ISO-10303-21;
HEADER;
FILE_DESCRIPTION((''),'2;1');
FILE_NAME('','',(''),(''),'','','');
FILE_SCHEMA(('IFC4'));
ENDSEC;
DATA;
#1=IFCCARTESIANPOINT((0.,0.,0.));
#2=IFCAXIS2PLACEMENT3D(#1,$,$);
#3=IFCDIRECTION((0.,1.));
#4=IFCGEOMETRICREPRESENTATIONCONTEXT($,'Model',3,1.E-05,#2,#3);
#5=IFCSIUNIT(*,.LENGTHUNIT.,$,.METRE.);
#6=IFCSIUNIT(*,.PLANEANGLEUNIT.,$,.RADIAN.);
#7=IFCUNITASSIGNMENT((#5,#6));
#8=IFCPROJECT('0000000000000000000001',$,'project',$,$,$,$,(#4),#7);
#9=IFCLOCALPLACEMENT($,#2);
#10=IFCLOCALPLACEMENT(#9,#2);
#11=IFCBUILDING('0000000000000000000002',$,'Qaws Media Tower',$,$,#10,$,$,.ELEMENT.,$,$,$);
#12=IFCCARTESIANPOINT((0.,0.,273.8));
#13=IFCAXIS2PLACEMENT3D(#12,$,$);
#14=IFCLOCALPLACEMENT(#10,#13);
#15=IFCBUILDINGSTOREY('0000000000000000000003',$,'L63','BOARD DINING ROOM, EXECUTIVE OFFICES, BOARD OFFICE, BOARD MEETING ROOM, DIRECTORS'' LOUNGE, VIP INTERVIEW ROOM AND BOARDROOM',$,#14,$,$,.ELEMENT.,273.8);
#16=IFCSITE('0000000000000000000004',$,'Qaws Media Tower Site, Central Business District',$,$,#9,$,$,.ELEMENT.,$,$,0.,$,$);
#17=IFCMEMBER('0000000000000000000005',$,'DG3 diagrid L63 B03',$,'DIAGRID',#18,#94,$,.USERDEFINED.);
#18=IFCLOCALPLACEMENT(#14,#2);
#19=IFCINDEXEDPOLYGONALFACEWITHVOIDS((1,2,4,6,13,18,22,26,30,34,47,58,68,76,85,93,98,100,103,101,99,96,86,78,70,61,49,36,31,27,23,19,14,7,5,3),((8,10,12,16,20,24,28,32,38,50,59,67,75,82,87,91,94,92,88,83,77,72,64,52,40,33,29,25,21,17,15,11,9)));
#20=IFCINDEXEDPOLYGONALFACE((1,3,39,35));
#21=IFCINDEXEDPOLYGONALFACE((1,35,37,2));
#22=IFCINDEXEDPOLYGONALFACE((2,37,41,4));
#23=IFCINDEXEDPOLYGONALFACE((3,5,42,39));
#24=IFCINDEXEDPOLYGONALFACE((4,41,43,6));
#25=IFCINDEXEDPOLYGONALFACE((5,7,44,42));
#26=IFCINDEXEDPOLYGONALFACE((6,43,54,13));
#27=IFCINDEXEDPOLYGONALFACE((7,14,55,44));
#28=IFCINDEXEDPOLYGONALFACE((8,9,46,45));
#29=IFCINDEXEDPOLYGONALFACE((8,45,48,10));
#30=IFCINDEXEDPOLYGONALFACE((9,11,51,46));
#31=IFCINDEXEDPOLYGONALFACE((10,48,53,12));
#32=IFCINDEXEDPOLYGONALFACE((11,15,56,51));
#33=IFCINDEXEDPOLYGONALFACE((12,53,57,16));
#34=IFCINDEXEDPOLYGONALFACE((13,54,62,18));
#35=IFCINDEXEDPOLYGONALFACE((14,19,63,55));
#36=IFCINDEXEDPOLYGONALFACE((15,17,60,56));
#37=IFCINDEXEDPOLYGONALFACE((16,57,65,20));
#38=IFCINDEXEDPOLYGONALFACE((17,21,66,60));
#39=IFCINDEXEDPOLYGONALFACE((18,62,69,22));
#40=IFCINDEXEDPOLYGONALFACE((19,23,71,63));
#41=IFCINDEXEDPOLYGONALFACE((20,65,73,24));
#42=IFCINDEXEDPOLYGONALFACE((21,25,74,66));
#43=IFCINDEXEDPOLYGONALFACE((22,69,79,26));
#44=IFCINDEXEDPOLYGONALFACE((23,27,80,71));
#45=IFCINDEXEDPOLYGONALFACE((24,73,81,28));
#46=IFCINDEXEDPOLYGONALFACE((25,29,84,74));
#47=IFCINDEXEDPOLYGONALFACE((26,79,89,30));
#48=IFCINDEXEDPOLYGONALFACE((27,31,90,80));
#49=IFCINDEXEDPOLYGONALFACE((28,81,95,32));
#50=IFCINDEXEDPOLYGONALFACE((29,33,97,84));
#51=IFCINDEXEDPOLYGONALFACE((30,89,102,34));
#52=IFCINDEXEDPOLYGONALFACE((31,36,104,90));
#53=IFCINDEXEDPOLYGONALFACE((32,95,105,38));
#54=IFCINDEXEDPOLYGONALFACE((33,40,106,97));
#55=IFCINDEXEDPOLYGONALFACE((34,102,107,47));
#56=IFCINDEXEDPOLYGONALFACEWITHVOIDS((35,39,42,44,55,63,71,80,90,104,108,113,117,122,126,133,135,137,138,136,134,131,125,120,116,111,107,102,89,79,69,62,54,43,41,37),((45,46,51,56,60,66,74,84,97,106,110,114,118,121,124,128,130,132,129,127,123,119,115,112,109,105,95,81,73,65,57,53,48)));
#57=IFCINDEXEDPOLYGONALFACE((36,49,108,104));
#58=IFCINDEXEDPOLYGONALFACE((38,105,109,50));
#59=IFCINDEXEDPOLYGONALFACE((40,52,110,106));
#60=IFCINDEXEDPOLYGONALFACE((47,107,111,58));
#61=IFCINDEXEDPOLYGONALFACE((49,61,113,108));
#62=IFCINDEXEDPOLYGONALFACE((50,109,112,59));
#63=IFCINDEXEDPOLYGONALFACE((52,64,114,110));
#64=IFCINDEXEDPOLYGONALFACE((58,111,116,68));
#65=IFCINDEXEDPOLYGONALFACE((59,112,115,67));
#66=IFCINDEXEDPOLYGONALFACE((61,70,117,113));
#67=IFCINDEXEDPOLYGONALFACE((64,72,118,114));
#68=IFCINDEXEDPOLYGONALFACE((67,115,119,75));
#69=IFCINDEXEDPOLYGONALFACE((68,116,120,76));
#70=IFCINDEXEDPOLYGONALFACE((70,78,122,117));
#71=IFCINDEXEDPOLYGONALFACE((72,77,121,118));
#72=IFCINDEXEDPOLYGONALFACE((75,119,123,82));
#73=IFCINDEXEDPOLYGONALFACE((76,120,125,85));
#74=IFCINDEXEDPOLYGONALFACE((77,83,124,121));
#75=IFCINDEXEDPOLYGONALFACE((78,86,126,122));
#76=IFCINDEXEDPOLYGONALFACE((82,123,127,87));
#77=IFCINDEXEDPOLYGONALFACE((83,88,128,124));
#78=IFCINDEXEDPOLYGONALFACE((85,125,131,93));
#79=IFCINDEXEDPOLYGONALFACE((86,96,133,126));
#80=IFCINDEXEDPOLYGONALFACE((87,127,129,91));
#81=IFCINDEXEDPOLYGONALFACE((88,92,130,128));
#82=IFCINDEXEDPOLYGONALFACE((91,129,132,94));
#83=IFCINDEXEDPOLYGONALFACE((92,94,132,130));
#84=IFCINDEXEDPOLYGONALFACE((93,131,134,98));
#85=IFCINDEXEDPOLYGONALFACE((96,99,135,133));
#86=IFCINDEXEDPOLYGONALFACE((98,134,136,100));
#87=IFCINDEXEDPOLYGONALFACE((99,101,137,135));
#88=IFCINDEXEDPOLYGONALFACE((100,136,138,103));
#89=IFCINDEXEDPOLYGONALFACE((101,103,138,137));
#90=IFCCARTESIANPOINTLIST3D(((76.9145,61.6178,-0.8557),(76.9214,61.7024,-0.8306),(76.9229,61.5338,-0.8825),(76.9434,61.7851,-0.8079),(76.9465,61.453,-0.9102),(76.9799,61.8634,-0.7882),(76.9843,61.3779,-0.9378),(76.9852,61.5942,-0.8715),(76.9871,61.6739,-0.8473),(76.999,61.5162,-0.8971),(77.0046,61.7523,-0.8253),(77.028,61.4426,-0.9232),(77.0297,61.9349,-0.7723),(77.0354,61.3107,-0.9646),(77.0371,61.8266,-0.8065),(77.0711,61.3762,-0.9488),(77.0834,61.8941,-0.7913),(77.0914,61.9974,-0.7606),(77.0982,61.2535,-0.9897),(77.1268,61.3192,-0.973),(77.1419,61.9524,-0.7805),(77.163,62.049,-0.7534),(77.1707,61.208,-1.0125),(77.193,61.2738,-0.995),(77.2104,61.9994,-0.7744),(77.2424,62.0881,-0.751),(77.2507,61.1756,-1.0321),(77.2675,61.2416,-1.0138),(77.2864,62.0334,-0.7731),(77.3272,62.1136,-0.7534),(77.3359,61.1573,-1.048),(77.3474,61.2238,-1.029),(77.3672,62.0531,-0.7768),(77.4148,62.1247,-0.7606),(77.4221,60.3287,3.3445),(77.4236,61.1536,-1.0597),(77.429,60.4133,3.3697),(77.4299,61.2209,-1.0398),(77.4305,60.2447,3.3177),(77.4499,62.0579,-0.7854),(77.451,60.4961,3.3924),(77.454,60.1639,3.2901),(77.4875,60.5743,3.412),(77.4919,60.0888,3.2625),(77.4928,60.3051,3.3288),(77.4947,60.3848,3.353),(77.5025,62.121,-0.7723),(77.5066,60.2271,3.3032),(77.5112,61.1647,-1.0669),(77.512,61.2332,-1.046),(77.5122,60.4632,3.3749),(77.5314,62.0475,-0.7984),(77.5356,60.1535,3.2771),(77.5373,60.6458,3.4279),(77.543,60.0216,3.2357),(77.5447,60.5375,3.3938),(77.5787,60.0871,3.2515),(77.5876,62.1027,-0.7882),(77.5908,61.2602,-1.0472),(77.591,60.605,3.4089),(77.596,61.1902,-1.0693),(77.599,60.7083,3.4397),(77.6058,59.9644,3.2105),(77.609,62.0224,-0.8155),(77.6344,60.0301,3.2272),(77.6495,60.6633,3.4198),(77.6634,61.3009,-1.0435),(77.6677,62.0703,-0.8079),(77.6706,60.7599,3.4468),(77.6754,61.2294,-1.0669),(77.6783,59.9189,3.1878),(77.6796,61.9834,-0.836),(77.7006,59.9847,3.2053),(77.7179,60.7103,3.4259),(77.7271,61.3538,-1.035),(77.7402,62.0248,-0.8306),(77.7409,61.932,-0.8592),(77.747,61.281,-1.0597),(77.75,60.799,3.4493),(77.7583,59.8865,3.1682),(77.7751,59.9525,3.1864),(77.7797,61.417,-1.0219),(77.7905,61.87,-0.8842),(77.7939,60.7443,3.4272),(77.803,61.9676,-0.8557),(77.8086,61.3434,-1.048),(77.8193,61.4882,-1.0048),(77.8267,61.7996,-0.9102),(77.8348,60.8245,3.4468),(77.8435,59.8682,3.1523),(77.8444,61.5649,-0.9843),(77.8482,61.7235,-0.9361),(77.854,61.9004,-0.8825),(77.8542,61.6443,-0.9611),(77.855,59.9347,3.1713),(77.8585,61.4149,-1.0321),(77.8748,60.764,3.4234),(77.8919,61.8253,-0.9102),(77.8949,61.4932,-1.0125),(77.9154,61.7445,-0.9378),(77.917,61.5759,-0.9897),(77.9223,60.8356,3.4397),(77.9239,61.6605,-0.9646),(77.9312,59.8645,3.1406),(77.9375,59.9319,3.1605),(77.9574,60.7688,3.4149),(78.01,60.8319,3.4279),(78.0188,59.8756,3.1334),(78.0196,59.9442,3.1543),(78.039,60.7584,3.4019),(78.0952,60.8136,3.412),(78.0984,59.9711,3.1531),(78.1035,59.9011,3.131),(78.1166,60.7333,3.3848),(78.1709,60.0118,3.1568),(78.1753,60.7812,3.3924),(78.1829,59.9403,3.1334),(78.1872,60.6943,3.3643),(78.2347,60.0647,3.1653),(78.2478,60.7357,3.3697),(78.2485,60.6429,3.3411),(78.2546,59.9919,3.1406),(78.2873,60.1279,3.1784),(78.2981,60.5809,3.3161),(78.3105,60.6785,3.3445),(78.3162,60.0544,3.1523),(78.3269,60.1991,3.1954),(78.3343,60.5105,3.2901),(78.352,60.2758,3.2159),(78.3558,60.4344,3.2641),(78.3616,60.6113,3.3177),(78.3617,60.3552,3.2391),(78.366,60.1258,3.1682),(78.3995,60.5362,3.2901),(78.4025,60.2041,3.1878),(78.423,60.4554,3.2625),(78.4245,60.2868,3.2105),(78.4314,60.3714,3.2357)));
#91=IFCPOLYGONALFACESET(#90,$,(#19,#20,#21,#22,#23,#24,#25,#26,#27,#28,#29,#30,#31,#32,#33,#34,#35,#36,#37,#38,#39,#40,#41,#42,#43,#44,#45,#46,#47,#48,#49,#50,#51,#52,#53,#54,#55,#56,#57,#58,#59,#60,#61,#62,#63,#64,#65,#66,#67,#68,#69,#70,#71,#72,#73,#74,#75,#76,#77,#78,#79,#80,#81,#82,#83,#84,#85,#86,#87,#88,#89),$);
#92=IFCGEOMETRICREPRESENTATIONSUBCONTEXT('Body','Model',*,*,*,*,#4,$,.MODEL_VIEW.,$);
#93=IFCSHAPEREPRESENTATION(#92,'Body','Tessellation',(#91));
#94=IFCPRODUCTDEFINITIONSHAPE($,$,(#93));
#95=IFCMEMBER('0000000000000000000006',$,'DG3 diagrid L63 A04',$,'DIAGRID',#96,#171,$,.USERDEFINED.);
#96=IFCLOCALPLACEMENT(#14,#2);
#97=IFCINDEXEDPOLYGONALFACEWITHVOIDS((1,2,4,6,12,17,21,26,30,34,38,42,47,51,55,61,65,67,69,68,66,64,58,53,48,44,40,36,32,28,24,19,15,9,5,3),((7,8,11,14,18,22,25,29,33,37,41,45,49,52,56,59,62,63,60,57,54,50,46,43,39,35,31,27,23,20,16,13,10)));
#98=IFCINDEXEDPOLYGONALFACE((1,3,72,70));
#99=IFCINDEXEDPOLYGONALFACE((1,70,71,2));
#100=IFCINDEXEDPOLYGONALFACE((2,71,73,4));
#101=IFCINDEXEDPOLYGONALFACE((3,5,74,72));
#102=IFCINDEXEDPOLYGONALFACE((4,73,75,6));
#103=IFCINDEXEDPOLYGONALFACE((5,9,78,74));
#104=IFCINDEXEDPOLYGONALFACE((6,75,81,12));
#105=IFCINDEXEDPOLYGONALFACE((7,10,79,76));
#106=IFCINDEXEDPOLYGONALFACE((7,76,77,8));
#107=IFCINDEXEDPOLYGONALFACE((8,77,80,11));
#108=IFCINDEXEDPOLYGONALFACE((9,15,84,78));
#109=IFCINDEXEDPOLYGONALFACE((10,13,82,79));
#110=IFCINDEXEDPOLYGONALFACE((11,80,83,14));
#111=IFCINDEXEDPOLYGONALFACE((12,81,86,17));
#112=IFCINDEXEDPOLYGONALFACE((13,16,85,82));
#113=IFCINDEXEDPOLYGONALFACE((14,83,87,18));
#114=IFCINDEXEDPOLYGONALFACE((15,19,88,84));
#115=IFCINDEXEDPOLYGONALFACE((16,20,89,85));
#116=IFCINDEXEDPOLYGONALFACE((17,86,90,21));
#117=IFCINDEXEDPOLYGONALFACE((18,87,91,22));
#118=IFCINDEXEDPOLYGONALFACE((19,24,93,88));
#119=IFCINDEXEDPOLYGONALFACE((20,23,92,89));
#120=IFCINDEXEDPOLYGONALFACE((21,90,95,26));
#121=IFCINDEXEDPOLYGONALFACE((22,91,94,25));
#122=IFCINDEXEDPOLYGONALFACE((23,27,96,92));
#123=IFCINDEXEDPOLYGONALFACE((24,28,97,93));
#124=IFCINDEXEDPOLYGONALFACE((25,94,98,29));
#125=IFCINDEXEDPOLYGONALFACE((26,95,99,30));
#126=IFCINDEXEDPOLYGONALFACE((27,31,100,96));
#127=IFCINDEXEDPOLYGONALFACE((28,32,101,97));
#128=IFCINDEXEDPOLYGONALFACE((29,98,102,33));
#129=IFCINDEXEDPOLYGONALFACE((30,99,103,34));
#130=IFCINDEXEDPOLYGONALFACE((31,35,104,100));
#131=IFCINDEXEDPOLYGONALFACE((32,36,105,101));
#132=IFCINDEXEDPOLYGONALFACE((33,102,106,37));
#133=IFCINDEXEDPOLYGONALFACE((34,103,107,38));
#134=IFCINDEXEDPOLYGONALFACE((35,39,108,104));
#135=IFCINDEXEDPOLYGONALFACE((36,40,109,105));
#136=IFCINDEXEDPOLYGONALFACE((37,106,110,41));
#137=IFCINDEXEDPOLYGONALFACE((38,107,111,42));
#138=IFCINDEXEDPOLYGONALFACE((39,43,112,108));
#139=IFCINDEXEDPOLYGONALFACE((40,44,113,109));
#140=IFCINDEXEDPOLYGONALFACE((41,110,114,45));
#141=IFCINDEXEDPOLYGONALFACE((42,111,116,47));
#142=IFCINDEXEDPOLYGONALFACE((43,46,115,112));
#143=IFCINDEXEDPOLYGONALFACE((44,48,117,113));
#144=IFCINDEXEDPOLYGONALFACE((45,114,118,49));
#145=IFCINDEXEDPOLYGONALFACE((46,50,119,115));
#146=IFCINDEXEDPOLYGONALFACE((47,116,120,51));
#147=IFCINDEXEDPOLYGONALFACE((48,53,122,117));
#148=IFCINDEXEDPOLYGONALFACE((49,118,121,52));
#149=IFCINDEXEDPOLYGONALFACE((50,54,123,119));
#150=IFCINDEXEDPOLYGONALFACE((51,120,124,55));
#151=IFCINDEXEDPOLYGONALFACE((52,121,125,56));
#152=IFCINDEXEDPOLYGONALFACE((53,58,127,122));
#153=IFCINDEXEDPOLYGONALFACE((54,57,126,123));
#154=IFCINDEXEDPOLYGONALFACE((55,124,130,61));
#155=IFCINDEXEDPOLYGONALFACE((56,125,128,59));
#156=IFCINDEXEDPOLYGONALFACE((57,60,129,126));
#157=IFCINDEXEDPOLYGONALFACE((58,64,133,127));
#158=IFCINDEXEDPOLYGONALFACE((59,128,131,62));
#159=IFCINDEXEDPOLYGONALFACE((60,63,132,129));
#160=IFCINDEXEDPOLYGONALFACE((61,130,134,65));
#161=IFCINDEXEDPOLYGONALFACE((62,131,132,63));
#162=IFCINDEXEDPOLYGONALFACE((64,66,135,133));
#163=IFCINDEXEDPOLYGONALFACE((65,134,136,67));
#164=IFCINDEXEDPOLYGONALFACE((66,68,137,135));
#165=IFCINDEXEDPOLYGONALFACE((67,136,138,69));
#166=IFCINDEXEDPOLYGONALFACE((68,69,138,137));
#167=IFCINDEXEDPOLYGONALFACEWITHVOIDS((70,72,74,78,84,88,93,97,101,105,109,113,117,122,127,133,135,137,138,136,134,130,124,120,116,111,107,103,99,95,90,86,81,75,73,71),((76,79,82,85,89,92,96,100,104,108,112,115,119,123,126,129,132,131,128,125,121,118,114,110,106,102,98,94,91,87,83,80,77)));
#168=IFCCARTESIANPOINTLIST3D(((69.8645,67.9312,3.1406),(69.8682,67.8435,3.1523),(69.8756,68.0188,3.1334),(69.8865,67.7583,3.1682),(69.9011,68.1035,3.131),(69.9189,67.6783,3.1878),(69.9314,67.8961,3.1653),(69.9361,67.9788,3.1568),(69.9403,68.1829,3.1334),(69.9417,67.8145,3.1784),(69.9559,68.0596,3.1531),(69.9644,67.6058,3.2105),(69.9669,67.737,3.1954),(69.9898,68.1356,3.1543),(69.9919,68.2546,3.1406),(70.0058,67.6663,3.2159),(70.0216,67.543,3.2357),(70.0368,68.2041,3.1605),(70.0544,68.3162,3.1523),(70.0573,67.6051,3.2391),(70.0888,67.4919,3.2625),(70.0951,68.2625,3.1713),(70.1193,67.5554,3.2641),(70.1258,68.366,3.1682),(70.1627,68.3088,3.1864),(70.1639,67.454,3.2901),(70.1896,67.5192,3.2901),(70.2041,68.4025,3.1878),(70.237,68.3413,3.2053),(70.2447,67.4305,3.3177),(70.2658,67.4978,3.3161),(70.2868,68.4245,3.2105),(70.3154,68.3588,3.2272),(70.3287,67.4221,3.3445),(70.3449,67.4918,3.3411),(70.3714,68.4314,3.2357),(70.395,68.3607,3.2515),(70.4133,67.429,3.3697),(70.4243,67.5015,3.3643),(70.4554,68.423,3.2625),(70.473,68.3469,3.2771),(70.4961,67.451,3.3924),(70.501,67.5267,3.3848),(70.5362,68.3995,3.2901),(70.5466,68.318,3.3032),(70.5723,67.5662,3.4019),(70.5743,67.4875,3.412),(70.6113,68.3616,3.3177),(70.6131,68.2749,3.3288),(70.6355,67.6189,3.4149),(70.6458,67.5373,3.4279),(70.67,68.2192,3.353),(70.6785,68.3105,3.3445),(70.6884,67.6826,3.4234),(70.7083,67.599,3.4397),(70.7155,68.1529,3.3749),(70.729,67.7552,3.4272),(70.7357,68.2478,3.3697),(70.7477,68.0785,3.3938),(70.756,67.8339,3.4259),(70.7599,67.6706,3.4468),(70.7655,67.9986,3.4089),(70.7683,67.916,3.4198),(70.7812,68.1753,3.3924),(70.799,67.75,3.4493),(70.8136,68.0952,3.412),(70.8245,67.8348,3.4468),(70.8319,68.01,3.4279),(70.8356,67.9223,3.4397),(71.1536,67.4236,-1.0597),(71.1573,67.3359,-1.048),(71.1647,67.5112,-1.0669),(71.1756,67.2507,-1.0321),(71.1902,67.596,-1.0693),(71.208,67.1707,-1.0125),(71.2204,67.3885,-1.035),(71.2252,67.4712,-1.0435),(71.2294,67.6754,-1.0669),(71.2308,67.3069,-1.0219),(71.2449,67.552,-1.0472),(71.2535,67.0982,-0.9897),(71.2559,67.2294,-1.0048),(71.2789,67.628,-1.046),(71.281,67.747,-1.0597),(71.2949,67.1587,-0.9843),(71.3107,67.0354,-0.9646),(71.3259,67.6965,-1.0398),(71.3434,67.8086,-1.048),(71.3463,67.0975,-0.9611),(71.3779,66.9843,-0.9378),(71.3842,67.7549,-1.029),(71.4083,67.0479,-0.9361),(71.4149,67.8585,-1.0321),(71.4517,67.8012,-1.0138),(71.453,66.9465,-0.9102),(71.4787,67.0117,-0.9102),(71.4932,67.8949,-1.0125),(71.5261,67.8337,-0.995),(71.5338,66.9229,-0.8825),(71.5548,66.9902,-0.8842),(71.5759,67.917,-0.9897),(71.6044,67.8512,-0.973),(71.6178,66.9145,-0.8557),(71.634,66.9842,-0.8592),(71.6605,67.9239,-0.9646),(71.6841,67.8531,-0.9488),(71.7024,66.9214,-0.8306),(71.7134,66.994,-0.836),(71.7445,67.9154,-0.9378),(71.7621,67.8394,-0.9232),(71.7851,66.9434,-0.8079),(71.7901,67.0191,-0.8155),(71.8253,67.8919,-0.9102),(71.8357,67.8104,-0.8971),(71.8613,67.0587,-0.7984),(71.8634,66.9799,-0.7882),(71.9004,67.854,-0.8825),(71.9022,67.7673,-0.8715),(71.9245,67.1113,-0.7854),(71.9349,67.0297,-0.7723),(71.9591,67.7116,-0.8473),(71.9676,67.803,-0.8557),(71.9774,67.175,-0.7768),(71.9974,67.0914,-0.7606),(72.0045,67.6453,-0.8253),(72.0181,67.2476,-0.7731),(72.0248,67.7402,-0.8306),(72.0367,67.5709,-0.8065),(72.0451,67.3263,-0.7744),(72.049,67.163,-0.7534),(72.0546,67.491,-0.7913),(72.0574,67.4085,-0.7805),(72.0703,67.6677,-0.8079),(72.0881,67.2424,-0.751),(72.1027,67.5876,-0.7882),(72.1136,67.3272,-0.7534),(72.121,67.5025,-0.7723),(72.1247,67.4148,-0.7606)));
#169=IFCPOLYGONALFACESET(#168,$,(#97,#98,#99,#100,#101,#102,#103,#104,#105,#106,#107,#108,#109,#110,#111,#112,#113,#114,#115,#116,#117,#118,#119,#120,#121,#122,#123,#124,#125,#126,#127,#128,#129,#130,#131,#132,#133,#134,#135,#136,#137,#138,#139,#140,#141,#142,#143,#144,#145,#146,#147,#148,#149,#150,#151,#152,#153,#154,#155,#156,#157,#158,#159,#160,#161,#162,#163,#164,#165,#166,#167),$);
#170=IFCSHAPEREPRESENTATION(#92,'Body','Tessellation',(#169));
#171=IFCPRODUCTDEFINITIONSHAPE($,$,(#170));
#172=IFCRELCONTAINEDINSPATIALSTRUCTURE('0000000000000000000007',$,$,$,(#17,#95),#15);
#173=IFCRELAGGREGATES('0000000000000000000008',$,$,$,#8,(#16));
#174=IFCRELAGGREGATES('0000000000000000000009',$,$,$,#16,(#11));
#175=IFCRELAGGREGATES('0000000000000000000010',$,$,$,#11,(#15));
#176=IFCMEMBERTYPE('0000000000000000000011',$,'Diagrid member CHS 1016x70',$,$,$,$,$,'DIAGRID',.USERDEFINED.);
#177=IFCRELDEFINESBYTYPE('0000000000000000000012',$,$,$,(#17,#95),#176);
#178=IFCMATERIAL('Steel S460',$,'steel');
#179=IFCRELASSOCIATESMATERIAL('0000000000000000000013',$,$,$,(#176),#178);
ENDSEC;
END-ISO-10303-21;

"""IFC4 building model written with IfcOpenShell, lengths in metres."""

from ifc_helpers import new_model, si_unit, direction, frame, origin, origin_2d, place, context, subcontext, project, spatial, hollow_circle, extrude, material, material_profile, profile_set, type_object, element, save


model = new_model("IFC4")

# Units and contexts
model_context = context("Model", 3, precision=1e-05, world=origin(), true_north=direction((0.0, 1.0)))
body_context = subcontext(model_context, "Body", "Model", "MODEL_VIEW")
ifc_project = project(units=[si_unit("LENGTHUNIT", "METRE"), si_unit("PLANEANGLEUNIT", "RADIAN")], contexts=[model_context])

# Site, building, storey
site_placement = place(None, origin())
site = spatial("IfcSite", under=ifc_project, at=site_placement, Name="Qaws Media Tower Site, Central Business District", CompositionType="ELEMENT", RefElevation=0.0)
building_placement = place(site_placement, origin())
building = spatial("IfcBuilding", under=site, at=building_placement, Name="Qaws Media Tower", CompositionType="ELEMENT")
storey_placement = place(building_placement, frame((0.0, 0.0, 273.8)))
storey = spatial("IfcBuildingStorey", under=building, at=storey_placement, Name="L63", Description="BOARD DINING ROOM, EXECUTIVE OFFICES, BOARD OFFICE, BOARD MEETING ROOM, DIRECTORS' LOUNGE, VIP INTERVIEW ROOM AND BOARDROOM", CompositionType="ELEMENT", Elevation=273.8)

# Members
ifc_material_1 = material(Name="Steel S460", Category="steel")
ifc_material_profile_1 = material_profile(ifc_material_1, hollow_circle(Radius=0.5081, WallThickness=0.0701, at=origin_2d()), Name="CHS 1016x70")
ifc_profile_set_1 = profile_set([ifc_material_profile_1], Name="Steel S460")
member_type_1 = type_object("IfcMemberType", Name="Diagrid member CHS 1016x70", ElementType="DIAGRID", PredefinedType="USERDEFINED", material=ifc_profile_set_1)
for number, where, z_axis, x_axis, name in (
    (1, (77.4192, 61.6392, -0.9102), (0.114762, -0.29146, 0.949674), (0.930468, 0.366372, 0.0), "DG3 diagrid L63 B03"),
    (2, (71.6392, 67.4192, -0.9102), (-0.29146, 0.114762, 0.949674), (-0.366372, -0.930468, 0.0), "DG3 diagrid L63 A04"),
):
    element("IfcMember", number, at=place(storey_placement, frame(where, z_axis=z_axis, x_axis=x_axis)), inside=storey, type_object=member_type_1, Name=name, ObjectType="DIAGRID", PredefinedType="USERDEFINED", context=body_context, shape_type="SweptSolid", body=[
        extrude(hollow_circle(Radius=0.5081, WallThickness=0.0701, at=origin_2d()), origin(), (0.0, 0.0, 1.0), 4.4229),
    ])

save(model, "model.ifc")
